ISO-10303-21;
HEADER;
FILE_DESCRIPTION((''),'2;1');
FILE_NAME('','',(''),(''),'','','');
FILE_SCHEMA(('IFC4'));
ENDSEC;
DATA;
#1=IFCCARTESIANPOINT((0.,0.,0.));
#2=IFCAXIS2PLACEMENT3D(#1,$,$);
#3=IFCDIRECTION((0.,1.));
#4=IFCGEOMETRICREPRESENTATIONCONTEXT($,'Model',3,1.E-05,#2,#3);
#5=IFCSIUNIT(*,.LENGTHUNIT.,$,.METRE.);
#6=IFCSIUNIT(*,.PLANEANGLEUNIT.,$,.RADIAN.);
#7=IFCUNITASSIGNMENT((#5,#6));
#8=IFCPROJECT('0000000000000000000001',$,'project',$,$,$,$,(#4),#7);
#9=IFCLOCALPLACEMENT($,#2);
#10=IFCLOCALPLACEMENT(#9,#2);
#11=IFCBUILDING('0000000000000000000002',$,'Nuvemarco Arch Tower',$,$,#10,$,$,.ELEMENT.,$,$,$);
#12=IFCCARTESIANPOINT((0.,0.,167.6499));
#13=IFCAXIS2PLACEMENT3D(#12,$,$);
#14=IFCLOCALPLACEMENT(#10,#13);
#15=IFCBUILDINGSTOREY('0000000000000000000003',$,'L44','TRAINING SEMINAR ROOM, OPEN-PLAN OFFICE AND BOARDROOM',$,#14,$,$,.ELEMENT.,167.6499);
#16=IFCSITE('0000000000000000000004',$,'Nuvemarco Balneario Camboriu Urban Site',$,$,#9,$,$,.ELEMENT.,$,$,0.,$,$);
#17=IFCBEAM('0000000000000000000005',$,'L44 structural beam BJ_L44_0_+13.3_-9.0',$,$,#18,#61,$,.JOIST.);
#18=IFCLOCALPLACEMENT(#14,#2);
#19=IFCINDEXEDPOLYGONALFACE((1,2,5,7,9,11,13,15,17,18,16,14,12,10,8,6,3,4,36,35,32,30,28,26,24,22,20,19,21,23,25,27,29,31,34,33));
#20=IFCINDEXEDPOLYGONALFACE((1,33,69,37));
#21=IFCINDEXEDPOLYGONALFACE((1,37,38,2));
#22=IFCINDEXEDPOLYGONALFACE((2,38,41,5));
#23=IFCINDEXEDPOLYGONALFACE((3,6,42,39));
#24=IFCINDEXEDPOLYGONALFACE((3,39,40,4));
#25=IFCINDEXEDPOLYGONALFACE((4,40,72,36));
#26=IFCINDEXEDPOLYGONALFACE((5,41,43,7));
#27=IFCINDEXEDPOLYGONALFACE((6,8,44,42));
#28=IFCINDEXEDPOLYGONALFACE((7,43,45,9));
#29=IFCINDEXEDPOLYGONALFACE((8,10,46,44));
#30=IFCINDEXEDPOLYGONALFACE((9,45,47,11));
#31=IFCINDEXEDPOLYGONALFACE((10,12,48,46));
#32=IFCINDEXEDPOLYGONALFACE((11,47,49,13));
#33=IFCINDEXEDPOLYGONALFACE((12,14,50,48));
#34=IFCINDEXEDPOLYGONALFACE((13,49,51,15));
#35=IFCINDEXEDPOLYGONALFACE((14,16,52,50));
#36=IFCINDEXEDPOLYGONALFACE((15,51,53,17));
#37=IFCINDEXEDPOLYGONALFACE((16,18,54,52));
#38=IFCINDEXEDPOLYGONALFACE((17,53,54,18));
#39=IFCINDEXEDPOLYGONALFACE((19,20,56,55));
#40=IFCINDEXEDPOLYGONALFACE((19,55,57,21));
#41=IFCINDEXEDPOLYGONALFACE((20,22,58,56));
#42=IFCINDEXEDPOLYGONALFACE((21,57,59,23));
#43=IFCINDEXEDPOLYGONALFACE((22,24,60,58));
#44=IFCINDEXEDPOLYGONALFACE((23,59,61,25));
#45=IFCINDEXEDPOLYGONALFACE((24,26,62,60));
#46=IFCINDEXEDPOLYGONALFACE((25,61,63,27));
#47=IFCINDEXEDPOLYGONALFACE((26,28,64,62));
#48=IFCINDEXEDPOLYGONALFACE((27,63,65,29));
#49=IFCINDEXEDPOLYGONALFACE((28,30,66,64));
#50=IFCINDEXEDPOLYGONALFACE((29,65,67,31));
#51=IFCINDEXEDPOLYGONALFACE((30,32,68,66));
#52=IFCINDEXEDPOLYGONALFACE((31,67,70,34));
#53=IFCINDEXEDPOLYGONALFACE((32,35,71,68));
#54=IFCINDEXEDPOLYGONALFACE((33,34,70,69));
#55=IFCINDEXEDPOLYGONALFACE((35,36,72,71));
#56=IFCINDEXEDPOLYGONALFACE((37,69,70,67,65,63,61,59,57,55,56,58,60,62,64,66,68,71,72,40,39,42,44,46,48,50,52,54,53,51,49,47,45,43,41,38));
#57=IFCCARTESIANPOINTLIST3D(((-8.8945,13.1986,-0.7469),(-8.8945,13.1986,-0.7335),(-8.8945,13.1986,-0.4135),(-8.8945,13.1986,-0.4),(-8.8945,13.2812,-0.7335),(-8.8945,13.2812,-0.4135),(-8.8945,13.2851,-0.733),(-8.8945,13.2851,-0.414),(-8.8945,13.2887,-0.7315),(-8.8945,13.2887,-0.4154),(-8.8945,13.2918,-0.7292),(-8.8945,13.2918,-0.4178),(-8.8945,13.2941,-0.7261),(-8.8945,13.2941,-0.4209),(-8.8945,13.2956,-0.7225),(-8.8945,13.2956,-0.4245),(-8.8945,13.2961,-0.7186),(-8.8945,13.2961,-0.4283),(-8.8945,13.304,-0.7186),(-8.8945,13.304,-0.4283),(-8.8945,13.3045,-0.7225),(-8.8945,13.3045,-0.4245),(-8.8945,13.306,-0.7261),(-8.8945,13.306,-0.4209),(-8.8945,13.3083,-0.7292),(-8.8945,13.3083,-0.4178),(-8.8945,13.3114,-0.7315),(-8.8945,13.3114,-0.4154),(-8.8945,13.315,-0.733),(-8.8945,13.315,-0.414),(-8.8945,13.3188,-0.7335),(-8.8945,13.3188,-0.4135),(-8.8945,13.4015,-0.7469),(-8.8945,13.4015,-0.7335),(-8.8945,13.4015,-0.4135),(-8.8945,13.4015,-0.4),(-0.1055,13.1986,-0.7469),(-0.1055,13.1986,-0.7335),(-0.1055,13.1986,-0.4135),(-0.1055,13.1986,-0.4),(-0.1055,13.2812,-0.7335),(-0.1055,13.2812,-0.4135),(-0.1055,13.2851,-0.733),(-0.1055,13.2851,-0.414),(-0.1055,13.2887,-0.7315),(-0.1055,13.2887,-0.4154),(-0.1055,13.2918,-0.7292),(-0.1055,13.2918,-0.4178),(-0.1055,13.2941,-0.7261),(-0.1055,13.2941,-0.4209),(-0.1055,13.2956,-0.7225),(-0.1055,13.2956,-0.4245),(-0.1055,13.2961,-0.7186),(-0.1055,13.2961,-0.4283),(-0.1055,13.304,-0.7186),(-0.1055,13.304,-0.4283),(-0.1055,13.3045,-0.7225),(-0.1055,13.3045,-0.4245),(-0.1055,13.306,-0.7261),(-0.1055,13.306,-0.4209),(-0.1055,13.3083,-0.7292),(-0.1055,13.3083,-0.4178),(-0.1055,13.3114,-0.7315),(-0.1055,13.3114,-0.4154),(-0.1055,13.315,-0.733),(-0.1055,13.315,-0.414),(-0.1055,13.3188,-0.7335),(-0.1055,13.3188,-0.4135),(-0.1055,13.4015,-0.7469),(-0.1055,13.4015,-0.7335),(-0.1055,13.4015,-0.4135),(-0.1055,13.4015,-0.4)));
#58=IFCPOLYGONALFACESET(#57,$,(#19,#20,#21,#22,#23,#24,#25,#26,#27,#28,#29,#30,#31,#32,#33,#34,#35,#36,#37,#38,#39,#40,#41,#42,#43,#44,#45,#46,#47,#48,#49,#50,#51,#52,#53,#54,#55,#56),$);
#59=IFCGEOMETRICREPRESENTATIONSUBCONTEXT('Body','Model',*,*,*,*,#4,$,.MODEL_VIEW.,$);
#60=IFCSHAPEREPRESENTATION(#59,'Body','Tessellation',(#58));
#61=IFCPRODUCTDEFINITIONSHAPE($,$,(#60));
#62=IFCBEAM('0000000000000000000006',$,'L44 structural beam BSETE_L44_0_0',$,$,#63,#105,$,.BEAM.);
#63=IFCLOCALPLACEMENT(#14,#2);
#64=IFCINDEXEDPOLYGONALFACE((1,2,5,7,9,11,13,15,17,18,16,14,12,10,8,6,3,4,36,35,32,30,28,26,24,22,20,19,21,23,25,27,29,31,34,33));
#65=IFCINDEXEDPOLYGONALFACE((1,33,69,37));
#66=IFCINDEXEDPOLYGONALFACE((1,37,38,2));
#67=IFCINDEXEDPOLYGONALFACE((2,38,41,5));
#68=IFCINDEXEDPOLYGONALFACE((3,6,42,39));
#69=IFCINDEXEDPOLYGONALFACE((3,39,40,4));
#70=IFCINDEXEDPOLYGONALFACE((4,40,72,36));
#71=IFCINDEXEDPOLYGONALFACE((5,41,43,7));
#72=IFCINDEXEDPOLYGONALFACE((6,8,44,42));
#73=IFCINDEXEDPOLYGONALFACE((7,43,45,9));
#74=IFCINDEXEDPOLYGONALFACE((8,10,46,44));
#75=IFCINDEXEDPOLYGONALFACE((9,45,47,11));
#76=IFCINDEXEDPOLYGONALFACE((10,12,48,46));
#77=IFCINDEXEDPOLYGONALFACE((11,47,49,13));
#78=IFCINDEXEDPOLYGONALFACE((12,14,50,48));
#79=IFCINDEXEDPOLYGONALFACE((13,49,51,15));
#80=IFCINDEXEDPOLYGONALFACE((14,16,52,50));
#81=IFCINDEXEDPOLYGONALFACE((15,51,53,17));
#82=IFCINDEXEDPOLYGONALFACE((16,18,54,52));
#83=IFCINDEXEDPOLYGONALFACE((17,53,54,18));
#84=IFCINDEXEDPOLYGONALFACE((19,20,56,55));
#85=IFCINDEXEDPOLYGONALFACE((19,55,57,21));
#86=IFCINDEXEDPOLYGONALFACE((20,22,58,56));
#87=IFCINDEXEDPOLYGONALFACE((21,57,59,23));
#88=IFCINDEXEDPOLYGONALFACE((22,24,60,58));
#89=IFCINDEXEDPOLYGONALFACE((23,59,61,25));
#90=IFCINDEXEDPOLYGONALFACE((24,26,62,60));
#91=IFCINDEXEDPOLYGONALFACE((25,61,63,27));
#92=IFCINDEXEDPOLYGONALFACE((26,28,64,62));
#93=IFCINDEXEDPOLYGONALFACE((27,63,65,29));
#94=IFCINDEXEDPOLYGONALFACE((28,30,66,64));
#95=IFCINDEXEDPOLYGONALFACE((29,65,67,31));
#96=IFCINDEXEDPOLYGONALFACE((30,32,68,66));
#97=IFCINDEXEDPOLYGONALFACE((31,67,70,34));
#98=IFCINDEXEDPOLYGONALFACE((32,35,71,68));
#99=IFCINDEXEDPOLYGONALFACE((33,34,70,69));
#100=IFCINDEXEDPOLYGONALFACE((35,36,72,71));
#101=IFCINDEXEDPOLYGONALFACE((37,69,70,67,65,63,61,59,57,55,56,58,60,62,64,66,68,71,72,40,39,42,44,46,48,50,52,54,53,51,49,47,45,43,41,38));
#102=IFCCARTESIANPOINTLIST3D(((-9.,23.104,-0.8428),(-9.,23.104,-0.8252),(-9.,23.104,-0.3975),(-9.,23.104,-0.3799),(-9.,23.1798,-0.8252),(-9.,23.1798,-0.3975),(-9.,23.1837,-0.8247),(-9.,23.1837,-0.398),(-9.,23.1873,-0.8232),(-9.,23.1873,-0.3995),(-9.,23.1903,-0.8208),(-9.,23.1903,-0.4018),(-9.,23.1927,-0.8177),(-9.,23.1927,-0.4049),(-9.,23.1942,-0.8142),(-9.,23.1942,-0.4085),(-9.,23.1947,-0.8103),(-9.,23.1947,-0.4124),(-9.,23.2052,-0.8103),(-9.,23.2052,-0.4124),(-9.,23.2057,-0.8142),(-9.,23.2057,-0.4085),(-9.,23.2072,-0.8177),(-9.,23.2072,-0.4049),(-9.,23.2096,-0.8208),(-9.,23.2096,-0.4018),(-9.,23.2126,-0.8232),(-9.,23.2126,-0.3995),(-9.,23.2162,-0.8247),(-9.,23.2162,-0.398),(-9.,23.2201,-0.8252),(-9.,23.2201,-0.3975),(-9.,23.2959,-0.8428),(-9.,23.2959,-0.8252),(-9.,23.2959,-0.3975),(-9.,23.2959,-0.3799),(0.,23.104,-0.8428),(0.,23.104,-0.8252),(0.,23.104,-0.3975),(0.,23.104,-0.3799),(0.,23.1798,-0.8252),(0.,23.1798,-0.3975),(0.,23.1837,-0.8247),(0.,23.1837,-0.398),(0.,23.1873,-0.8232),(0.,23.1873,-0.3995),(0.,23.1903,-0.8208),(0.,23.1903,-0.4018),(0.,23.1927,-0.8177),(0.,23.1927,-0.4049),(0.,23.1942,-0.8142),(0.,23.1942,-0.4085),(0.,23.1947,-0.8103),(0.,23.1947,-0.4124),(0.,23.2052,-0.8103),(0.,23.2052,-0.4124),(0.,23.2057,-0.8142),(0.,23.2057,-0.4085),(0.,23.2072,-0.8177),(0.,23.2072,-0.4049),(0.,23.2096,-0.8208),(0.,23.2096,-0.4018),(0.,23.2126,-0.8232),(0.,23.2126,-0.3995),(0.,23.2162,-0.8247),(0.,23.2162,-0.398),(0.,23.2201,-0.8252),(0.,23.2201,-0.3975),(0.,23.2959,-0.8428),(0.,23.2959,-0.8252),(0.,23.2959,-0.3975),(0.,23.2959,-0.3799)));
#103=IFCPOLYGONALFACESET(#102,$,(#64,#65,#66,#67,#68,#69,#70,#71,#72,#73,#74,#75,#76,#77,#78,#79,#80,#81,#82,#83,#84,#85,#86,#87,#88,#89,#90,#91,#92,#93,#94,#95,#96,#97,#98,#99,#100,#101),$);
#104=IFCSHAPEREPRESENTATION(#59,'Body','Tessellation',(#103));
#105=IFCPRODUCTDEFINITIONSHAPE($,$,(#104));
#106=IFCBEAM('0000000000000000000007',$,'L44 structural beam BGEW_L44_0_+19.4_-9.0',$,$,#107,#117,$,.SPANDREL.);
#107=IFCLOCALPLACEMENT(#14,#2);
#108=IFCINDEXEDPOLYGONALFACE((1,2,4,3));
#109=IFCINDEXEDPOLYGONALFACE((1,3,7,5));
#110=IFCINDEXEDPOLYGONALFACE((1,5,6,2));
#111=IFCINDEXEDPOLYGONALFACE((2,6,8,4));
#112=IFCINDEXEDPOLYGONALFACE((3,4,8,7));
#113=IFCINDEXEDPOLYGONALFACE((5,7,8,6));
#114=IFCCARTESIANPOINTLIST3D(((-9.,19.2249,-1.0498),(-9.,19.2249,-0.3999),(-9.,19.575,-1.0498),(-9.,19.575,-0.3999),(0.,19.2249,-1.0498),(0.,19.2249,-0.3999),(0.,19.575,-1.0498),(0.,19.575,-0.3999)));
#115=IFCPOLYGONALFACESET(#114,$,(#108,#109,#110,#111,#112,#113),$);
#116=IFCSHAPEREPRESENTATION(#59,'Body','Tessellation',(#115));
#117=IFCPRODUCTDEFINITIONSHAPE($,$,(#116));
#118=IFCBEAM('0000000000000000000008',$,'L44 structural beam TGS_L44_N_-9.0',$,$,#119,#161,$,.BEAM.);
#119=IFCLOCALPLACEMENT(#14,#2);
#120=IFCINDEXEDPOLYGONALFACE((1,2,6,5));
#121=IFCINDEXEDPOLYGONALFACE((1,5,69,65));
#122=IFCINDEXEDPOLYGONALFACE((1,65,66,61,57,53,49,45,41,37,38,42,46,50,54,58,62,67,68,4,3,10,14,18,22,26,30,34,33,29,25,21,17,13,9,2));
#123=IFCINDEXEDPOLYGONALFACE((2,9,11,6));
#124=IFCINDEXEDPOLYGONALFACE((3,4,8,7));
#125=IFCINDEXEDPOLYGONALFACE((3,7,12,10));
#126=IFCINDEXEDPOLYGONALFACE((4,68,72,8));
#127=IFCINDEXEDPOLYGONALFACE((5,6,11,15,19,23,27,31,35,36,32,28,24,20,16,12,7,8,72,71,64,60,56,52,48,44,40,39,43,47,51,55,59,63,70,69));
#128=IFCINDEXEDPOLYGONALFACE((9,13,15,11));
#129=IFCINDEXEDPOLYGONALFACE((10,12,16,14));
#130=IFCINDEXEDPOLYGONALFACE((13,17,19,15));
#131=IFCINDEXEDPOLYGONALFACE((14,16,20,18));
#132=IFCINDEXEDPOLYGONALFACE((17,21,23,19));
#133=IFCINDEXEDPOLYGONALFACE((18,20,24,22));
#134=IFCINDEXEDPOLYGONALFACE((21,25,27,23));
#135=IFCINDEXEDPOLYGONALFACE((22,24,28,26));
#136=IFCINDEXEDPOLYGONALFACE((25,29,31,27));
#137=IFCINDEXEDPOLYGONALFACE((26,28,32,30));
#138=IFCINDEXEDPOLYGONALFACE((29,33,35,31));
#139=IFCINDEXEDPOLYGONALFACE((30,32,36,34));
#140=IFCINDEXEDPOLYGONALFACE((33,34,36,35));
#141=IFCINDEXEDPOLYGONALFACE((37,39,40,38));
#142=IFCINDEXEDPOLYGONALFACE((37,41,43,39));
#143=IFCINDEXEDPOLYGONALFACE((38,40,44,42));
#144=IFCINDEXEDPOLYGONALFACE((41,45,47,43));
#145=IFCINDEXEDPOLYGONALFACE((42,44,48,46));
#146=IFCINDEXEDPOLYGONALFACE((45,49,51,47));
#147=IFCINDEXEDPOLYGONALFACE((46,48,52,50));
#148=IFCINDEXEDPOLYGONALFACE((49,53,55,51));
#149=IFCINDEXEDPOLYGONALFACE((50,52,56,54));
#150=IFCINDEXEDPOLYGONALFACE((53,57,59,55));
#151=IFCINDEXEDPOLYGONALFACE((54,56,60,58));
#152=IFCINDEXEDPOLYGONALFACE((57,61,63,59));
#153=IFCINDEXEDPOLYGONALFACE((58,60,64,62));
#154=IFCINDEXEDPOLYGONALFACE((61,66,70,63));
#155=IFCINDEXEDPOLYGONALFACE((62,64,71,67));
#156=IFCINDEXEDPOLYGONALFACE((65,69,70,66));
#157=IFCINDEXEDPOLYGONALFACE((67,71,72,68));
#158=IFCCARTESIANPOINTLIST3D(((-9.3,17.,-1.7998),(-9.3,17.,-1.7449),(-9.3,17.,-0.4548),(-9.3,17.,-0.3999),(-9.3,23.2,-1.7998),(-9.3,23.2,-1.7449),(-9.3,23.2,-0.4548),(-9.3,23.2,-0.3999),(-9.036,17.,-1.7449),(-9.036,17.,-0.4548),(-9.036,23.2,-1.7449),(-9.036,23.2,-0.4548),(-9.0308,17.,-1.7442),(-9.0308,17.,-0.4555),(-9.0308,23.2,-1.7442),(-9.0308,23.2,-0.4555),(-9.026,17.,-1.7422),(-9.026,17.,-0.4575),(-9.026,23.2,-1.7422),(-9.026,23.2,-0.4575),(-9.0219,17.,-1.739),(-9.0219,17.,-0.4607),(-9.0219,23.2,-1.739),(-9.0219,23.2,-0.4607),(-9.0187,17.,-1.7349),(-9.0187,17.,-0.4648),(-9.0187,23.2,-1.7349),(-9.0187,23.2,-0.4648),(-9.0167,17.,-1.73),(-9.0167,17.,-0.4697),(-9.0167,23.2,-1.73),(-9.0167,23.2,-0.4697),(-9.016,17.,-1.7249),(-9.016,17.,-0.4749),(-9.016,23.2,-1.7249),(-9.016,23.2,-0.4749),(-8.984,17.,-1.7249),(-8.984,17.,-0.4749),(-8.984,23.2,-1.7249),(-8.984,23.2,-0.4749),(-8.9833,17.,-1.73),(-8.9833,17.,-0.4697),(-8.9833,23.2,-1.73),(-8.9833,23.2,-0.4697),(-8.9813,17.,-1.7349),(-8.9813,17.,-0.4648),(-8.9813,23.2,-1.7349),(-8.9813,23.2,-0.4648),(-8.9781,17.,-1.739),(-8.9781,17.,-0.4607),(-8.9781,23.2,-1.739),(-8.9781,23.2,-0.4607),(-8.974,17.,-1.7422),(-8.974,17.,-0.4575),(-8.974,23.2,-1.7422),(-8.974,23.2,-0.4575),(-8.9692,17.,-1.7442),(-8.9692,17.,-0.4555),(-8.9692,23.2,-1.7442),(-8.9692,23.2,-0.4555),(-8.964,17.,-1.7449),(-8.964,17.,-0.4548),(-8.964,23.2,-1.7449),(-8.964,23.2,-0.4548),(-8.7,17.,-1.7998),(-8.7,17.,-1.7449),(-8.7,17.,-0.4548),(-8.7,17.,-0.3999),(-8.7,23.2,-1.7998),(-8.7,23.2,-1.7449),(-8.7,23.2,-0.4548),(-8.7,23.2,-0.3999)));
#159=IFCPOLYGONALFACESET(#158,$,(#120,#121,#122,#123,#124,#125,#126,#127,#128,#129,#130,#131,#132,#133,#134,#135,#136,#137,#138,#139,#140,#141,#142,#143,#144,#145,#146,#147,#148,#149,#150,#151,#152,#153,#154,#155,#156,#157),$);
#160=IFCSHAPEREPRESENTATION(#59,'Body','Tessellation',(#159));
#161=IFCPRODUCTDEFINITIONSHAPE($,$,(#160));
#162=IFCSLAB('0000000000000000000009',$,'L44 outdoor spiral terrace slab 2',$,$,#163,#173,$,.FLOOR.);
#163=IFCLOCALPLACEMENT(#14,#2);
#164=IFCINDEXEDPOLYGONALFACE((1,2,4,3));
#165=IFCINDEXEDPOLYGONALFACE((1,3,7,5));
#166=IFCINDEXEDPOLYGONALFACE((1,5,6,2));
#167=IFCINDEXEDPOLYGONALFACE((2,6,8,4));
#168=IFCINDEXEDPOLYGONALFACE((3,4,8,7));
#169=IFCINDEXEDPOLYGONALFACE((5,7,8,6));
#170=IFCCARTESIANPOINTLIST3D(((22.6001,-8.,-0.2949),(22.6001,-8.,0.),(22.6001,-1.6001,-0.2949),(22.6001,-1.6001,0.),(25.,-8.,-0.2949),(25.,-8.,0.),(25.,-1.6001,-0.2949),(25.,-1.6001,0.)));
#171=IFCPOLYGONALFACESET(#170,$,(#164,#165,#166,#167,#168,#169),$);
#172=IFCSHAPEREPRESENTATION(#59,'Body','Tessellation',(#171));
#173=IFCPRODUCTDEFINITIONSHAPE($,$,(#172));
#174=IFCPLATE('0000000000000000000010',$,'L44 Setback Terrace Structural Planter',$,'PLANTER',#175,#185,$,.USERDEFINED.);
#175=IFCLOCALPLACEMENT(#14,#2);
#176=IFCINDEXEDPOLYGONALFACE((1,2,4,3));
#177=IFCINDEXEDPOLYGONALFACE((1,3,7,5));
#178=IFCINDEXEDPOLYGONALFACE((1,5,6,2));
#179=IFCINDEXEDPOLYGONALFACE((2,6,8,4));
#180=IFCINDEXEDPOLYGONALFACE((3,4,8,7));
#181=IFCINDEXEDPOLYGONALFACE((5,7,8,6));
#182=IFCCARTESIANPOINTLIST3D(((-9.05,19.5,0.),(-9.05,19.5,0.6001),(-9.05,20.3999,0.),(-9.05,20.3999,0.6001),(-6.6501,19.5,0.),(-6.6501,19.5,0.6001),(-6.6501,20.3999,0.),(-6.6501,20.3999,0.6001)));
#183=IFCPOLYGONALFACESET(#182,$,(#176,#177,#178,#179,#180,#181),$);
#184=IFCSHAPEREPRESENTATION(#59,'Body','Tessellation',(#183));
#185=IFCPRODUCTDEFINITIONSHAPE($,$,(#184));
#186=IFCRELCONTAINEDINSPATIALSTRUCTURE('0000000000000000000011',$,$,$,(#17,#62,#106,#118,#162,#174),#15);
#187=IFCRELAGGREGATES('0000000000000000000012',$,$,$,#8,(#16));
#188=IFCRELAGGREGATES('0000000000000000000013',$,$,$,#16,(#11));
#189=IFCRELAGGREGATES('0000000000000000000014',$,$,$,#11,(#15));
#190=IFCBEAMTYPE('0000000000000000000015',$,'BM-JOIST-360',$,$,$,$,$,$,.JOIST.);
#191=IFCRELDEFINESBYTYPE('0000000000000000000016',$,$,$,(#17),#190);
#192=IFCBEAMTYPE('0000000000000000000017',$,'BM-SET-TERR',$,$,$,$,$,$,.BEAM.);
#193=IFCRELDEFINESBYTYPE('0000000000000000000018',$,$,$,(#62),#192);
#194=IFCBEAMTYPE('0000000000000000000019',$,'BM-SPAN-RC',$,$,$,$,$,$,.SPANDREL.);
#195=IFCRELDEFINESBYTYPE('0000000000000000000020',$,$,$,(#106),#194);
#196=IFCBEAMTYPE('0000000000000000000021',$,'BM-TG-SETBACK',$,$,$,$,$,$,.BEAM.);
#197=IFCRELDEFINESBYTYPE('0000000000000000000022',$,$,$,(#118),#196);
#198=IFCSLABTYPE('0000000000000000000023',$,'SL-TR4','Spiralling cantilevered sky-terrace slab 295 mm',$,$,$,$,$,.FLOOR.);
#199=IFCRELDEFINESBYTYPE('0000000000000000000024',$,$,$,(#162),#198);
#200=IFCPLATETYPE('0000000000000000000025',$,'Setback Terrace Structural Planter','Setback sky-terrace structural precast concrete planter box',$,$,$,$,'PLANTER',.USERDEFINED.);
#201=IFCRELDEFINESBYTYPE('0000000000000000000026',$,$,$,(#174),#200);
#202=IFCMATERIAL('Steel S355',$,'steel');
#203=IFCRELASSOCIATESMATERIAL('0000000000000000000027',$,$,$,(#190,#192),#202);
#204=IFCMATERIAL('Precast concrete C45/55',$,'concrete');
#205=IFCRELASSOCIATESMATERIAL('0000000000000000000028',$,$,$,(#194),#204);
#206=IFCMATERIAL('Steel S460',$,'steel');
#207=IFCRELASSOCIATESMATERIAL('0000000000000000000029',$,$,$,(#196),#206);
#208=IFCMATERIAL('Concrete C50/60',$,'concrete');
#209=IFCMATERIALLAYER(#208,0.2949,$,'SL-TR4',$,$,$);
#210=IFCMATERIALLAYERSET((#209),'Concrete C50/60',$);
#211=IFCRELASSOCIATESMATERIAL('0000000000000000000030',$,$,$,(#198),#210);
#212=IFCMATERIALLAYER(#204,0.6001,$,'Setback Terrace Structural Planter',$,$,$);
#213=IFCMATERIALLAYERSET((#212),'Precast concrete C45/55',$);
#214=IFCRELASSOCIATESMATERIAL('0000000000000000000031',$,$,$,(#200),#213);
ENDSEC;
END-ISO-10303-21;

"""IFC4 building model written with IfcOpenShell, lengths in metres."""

from ifc_helpers import new_model, si_unit, direction, frame, origin, origin_2d, place, context, subcontext, project, spatial, polyline, rectangle, i_section, outline, extrude, source, transform, mapped, material, layer, layer_set, material_profile, profile_set, type_object, type_shapes, element, save


model = new_model("IFC4")

# Units and contexts
model_context = context("Model", 3, precision=1e-05, world=origin(), true_north=direction((0.0, 1.0)))
body_context = subcontext(model_context, "Body", "Model", "MODEL_VIEW")
ifc_project = project(units=[si_unit("LENGTHUNIT", "METRE"), si_unit("PLANEANGLEUNIT", "RADIAN")], contexts=[model_context])

# Site, building, storey
site_placement = place(None, origin())
site = spatial("IfcSite", under=ifc_project, at=site_placement, Name="Nuvemarco Balneario Camboriu Urban Site", CompositionType="ELEMENT", RefElevation=0.0)
building_placement = place(site_placement, origin())
building = spatial("IfcBuilding", under=site, at=building_placement, Name="Nuvemarco Arch Tower", CompositionType="ELEMENT")
storey_placement = place(building_placement, frame((0.0, 0.0, 167.6499)))
storey = spatial("IfcBuildingStorey", under=building, at=storey_placement, Name="L44", Description="TRAINING SEMINAR ROOM, OPEN-PLAN OFFICE AND BOARDROOM", CompositionType="ELEMENT", Elevation=167.6499)

# Shared definitions
ifc_material_1 = material(Name="Concrete C50/60", Category="concrete")
ifc_material_2 = material(Name="Steel S355", Category="steel")

# Beams
ifc_material_profile_1 = material_profile(ifc_material_2, i_section(OverallWidth=0.2029, OverallDepth=0.3469, WebThickness=0.0078, FlangeThickness=0.0134, FilletRadius=0.0149, at=origin_2d()), Name="W360x64")
ifc_profile_set_1 = profile_set([ifc_material_profile_1], Name="Steel S355")
beam_type_1 = type_object("IfcBeamType", Name="BM-JOIST-360", PredefinedType="JOIST", material=ifc_profile_set_1)
beam_1_placement = place(storey_placement, frame((-8.8945, 13.3, -0.5735), z_axis=(1.0, 0.0, 0.0), x_axis=(0.0, 1.0, 0.0)))
element("IfcBeam", 1, at=beam_1_placement, inside=storey, type_object=beam_type_1, Name="L44 structural beam BJ_L44_0_+13.3_-9.0", PredefinedType="JOIST", context=body_context, shape_type="SweptSolid", body=[
    extrude(i_section(OverallWidth=0.2029, OverallDepth=0.3469, WebThickness=0.0078, FlangeThickness=0.0134, FilletRadius=0.0149, at=origin_2d()), origin(), (0.0, 0.0, 1.0), 8.7891),
])
ifc_material_profile_2 = material_profile(ifc_material_2, i_section(OverallWidth=0.1919, OverallDepth=0.4629, WebThickness=0.0105, FlangeThickness=0.0176, FilletRadius=0.0149, at=origin_2d()), Name="W460x89")
ifc_profile_set_2 = profile_set([ifc_material_profile_2], Name="Steel S355")
beam_type_2 = type_object("IfcBeamType", Name="BM-SET-TERR", PredefinedType="BEAM", material=ifc_profile_set_2)
beam_2_placement = place(storey_placement, frame((-9.0, 23.2, -0.6113), z_axis=(1.0, 0.0, 0.0), x_axis=(0.0, 1.0, 0.0)))
element("IfcBeam", 2, at=beam_2_placement, inside=storey, type_object=beam_type_2, Name="L44 structural beam BSETE_L44_0_0", PredefinedType="BEAM", context=body_context, shape_type="SweptSolid", body=[
    extrude(i_section(OverallWidth=0.1919, OverallDepth=0.4629, WebThickness=0.0105, FlangeThickness=0.0176, FilletRadius=0.0149, at=origin_2d()), origin(), (0.0, 0.0, 1.0), 9.0),
])
ifc_material_3 = material(Name="Precast concrete C45/55", Category="concrete")
ifc_material_profile_3 = material_profile(ifc_material_3, rectangle(XDim=0.3501, YDim=0.6499, at=origin_2d()), Name="PC-SP-350x650")
ifc_profile_set_3 = profile_set([ifc_material_profile_3], Name="Precast concrete C45/55")
beam_type_3 = type_object("IfcBeamType", Name="BM-SPAN-RC", PredefinedType="SPANDREL", material=ifc_profile_set_3)
beam_3_placement = place(storey_placement, frame((-9.0, 19.3999, -0.7249), z_axis=(1.0, 0.0, 0.0), x_axis=(0.0, 1.0, 0.0)))
element("IfcBeam", 3, at=beam_3_placement, inside=storey, type_object=beam_type_3, Name="L44 structural beam BGEW_L44_0_+19.4_-9.0", PredefinedType="SPANDREL", context=body_context, shape_type="SweptSolid", body=[
    extrude(rectangle(XDim=0.3501, YDim=0.6499, at=origin_2d()), origin(), (0.0, 0.0, 1.0), 9.0),
])
ifc_material_4 = material(Name="Steel S460", Category="steel")
ifc_material_profile_4 = material_profile(ifc_material_4, i_section(OverallWidth=0.6001, OverallDepth=1.3999, WebThickness=0.032, FlangeThickness=0.0549, FilletRadius=0.02, at=origin_2d()), Name="PG1400x600")
ifc_profile_set_4 = profile_set([ifc_material_profile_4], Name="Steel S460")
beam_type_4 = type_object("IfcBeamType", Name="BM-TG-SETBACK", PredefinedType="BEAM", material=ifc_profile_set_4)
beam_4_placement = place(storey_placement, frame((-9.0, 17.0, -1.0999), z_axis=(0.0, 1.0, 0.0), x_axis=(-1.0, 0.0, 0.0)))
element("IfcBeam", 4, at=beam_4_placement, inside=storey, type_object=beam_type_4, Name="L44 structural beam TGS_L44_N_-9.0", PredefinedType="BEAM", context=body_context, shape_type="SweptSolid", body=[
    extrude(i_section(OverallWidth=0.6001, OverallDepth=1.3999, WebThickness=0.032, FlangeThickness=0.0549, FilletRadius=0.02, at=origin_2d()), origin(), (0.0, 0.0, 1.0), 6.2),
])

# Slab
ifc_layer_1 = layer(ifc_material_1, 0.2949, Name="SL-TR4")
ifc_layer_set_1 = layer_set([ifc_layer_1], Name="Concrete C50/60")
slab_type = type_object("IfcSlabType", Name="SL-TR4", Description="Spiralling cantilevered sky-terrace slab 295 mm", PredefinedType="FLOOR", material=ifc_layer_set_1)
slab_placement = place(storey_placement, frame((0.0, 0.0, -0.2949)))
element("IfcSlab", 5, at=slab_placement, inside=storey, type_object=slab_type, Name="L44 outdoor spiral terrace slab 2", PredefinedType="FLOOR", context=body_context, shape_type="SweptSolid", body=[
    extrude(outline(polyline([(22.6001, -8.0), (25.0, -8.0), (25.0, -1.6001), (22.6001, -1.6001), (22.6001, -8.0)])), origin(), (0.0, 0.0, 1.0), 0.2949),
])

# Plate
ifc_layer_2 = layer(ifc_material_3, 0.6001, Name="Setback Terrace Structural Planter")
ifc_layer_set_2 = layer_set([ifc_layer_2], Name="Precast concrete C45/55")
plate_type = type_object("IfcPlateType", Name="Setback Terrace Structural Planter", Description="Setback sky-terrace structural precast concrete planter box", ElementType="PLANTER", PredefinedType="USERDEFINED", material=ifc_layer_set_2)
shared_shape_1 = source(origin(), body_context, "Body", "SweptSolid", [
    extrude(rectangle(XDim=2.3999, YDim=0.8999, at=origin_2d()), origin(), (0.0, 0.0, 1.0), 0.6001),
])
type_shapes(plate_type, [shared_shape_1])
plate_placement = place(storey_placement, frame((-7.8501, 19.95, 0.0), z_axis=(0.0, 0.0, 1.0), x_axis=(1.0, 0.0, 0.0)))
element("IfcPlate", 6, at=plate_placement, inside=storey, type_object=plate_type, Name="L44 Setback Terrace Structural Planter", ObjectType="PLANTER", PredefinedType="USERDEFINED", context=body_context, shape_type="MappedRepresentation", body=[
    mapped(shared_shape_1, transform((0.0, 0.0, 0.0), scale=1.0)),
])

save(model, "model.ifc")
